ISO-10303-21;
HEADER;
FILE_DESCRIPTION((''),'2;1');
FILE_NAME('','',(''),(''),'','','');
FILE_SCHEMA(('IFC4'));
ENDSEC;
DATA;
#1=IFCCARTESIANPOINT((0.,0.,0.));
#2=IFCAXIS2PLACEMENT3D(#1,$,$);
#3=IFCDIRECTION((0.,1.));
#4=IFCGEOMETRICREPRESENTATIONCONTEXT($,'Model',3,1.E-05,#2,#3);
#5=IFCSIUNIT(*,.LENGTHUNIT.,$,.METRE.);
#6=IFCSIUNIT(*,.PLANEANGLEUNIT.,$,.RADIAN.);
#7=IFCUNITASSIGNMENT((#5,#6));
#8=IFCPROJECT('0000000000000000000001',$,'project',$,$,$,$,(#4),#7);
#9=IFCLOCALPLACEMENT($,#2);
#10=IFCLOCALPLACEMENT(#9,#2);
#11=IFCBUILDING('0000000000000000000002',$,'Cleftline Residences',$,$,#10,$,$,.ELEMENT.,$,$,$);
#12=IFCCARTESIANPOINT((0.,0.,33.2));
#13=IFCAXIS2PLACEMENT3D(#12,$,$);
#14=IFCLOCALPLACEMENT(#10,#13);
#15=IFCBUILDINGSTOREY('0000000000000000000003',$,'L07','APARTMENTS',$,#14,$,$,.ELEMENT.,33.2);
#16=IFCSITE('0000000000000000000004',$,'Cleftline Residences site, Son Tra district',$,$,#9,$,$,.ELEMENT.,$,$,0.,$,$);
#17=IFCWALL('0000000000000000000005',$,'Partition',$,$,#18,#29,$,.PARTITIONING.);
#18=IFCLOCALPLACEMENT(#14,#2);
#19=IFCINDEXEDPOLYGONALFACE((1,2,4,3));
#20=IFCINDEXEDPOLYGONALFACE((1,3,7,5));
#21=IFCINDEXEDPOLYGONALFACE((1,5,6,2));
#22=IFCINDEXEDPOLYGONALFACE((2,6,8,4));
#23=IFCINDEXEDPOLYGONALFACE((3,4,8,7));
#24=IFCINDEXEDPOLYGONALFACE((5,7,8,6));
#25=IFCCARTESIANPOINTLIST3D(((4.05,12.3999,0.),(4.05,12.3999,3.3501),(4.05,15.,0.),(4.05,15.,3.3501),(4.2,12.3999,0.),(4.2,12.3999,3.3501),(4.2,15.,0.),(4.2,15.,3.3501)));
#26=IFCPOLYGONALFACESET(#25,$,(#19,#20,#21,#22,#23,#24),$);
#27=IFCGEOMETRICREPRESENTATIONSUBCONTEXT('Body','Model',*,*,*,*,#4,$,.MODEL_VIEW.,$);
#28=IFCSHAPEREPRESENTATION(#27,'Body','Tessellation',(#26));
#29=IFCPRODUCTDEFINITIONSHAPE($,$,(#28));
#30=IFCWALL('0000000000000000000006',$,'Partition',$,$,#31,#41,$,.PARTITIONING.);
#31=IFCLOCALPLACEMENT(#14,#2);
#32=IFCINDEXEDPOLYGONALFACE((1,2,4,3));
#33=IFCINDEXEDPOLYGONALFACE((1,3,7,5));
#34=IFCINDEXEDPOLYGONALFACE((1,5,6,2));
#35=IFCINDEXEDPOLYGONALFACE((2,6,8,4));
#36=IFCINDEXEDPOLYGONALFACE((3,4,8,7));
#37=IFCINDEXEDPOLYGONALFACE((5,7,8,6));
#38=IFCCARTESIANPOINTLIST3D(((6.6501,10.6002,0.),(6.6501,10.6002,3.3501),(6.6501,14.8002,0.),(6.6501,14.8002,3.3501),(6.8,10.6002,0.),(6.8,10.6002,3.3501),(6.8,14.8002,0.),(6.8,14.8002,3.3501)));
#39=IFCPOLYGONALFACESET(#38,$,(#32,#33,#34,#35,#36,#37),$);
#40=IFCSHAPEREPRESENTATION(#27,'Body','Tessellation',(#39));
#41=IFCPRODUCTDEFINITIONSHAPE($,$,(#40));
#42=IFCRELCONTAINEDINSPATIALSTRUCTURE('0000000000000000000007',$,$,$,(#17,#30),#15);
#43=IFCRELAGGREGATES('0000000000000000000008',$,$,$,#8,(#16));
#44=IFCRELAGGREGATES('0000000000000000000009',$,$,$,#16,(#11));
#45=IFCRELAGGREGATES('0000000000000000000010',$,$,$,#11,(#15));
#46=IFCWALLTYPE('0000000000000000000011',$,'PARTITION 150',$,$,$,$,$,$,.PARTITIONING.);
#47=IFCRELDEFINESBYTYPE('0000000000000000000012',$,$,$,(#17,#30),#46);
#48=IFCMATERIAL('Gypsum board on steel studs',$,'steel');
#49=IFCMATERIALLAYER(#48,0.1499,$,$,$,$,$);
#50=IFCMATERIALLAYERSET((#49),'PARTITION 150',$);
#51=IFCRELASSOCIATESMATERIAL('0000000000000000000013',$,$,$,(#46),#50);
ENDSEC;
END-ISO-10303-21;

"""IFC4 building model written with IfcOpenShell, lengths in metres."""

from ifc_helpers import new_model, si_unit, direction, frame, frame_2d, origin, place, context, subcontext, project, spatial, rectangle, extrude, material, layer, layer_set, type_object, element, save


model = new_model("IFC4")

# Units and contexts
model_context = context("Model", 3, precision=1e-05, world=origin(), true_north=direction((0.0, 1.0)))
body_context = subcontext(model_context, "Body", "Model", "MODEL_VIEW")
ifc_project = project(units=[si_unit("LENGTHUNIT", "METRE"), si_unit("PLANEANGLEUNIT", "RADIAN")], contexts=[model_context])

# Site, building, storey
site_placement = place(None, origin())
site = spatial("IfcSite", under=ifc_project, at=site_placement, Name="Cleftline Residences site, Son Tra district", CompositionType="ELEMENT", RefElevation=0.0)
building_placement = place(site_placement, origin())
building = spatial("IfcBuilding", under=site, at=building_placement, Name="Cleftline Residences", CompositionType="ELEMENT")
storey_placement = place(building_placement, frame((0.0, 0.0, 33.2)))
storey = spatial("IfcBuildingStorey", under=building, at=storey_placement, Name="L07", Description="APARTMENTS", CompositionType="ELEMENT", Elevation=33.2)

# Shared definitions
ifc_material_1 = material(Name="Gypsum board on steel studs", Category="steel")
ifc_layer = layer(ifc_material_1, 0.1499)
ifc_layer_set = layer_set([ifc_layer], Name="PARTITION 150")
wall_type = type_object("IfcWallType", Name="PARTITION 150", PredefinedType="PARTITIONING", material=ifc_layer_set)

# Walls
wall_1_placement = place(storey_placement, frame((4.125, 12.3999, 0.0), z_axis=(0.0, 0.0, 1.0), x_axis=(0.0, 1.0, 0.0)))
element("IfcWall", 1, at=wall_1_placement, inside=storey, type_object=wall_type, Name="Partition", PredefinedType="PARTITIONING", context=body_context, shape_type="SweptSolid", body=[
    extrude(rectangle(XDim=2.6001, YDim=0.1499, at=frame_2d((1.3, 0.0))), origin(), (0.0, 0.0, 1.0), 3.3501),
])
wall_2_placement = place(storey_placement, frame((6.7251, 10.6001, 0.0), z_axis=(0.0, 0.0, 1.0), x_axis=(0.0, 1.0, 0.0)))
element("IfcWall", 2, at=wall_2_placement, inside=storey, type_object=wall_type, Name="Partition", PredefinedType="PARTITIONING", context=body_context, shape_type="SweptSolid", body=[
    extrude(rectangle(XDim=4.2, YDim=0.1499, at=frame_2d((2.1001, 0.0))), origin(), (0.0, 0.0, 1.0), 3.3501),
])

save(model, "model.ifc")
